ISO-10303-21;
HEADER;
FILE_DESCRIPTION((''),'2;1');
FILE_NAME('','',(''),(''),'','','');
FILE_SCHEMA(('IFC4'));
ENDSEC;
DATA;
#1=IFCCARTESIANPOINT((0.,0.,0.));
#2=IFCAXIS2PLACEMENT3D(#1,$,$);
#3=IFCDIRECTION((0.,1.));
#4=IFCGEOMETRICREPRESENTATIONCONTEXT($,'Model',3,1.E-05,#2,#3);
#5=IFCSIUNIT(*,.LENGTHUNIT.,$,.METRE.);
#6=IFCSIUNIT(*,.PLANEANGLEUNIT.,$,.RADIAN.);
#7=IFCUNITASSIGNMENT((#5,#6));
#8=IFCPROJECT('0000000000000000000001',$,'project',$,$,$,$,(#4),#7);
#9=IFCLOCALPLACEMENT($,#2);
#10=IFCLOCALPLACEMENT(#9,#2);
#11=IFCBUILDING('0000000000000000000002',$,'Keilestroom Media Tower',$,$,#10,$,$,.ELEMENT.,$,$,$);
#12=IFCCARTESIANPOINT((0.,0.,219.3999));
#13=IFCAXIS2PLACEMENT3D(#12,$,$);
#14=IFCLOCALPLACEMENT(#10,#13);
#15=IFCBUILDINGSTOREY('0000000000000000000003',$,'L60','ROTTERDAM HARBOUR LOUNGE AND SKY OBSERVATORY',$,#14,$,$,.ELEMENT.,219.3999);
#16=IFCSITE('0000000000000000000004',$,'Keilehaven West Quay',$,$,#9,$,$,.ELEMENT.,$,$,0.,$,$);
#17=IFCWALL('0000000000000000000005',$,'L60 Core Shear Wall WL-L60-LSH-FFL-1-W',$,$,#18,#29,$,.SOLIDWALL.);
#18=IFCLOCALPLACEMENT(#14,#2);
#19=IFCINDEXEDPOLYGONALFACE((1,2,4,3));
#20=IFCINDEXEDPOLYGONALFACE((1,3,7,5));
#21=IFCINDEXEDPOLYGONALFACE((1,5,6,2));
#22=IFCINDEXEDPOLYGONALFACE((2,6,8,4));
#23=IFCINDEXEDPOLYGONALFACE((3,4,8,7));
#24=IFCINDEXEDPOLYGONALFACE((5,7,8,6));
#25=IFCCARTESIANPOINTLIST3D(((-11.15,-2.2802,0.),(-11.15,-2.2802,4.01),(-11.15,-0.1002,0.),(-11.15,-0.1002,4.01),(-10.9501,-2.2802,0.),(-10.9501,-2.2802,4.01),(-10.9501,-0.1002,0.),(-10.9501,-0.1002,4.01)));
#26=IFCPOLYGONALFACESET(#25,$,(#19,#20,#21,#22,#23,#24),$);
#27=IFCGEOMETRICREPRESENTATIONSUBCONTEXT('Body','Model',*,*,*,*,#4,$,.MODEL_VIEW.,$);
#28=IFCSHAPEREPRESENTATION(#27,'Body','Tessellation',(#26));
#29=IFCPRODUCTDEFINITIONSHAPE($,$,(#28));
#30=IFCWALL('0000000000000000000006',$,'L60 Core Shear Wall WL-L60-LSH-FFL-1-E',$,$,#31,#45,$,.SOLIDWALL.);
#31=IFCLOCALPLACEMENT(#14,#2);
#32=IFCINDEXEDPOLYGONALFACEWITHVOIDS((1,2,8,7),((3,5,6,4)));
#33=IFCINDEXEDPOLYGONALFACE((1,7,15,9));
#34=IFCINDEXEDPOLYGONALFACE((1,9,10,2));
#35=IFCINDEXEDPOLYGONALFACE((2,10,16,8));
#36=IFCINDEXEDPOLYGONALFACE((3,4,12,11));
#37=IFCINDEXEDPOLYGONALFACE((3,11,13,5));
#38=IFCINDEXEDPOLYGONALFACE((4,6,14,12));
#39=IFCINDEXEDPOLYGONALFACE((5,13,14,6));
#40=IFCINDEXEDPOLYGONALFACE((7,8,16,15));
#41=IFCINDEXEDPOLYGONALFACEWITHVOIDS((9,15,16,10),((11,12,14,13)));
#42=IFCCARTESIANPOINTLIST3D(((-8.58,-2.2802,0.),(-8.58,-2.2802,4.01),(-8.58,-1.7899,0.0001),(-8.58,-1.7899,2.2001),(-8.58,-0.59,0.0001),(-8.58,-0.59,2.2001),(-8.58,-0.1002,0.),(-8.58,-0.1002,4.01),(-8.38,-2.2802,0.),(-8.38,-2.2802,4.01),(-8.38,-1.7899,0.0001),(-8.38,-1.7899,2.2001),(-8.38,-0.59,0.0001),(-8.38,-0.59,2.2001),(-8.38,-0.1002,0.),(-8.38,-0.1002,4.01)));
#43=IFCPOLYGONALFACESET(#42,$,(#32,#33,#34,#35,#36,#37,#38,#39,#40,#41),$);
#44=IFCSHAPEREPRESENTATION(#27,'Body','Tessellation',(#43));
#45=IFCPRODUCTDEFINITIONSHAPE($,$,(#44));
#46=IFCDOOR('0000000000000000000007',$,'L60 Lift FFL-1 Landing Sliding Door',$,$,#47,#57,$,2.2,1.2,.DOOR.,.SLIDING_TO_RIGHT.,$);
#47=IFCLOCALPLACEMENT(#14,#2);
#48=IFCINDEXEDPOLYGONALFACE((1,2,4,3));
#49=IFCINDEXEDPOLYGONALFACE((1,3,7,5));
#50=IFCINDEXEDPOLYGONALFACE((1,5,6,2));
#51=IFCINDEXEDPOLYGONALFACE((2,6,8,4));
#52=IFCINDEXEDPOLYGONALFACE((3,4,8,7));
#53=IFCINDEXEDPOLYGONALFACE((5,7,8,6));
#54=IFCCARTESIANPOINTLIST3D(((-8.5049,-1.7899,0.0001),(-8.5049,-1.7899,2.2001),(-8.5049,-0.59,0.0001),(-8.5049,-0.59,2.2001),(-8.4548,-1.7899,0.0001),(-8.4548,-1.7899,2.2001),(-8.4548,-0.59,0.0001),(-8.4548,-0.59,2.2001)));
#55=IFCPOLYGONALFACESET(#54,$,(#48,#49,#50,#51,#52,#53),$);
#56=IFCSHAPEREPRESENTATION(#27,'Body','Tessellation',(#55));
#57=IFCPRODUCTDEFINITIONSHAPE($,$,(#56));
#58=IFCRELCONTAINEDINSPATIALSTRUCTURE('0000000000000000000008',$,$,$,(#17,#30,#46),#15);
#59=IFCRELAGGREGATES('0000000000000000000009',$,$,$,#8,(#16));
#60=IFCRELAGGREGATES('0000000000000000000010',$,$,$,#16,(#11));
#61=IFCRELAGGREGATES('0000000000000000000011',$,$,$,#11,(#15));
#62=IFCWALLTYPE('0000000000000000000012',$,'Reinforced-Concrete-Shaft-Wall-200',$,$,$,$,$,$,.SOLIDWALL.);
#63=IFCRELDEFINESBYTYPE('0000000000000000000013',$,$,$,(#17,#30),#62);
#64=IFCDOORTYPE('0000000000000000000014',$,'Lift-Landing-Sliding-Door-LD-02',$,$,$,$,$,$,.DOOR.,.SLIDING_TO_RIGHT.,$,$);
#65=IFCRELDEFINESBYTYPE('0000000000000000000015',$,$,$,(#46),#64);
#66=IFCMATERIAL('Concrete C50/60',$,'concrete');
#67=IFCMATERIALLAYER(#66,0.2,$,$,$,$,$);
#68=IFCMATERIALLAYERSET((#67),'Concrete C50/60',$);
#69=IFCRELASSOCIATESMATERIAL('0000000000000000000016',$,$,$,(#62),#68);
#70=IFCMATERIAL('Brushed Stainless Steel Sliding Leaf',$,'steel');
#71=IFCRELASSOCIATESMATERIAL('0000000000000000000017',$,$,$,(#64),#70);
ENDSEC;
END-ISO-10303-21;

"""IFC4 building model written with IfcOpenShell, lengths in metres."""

from ifc_helpers import new_model, si_unit, direction, frame, frame_2d, origin, place, context, subcontext, project, spatial, rectangle, extrude, source, transform, mapped, material, layer, layer_set, type_object, element, fill, save


model = new_model("IFC4")

# Units and contexts
model_context = context("Model", 3, precision=1e-05, world=origin(), true_north=direction((0.0, 1.0)))
body_context = subcontext(model_context, "Body", "Model", "MODEL_VIEW")
ifc_project = project(units=[si_unit("LENGTHUNIT", "METRE"), si_unit("PLANEANGLEUNIT", "RADIAN")], contexts=[model_context])

# Site, building, storey
site_placement = place(None, origin())
site = spatial("IfcSite", under=ifc_project, at=site_placement, Name="Keilehaven West Quay", CompositionType="ELEMENT", RefElevation=0.0)
building_placement = place(site_placement, origin())
building = spatial("IfcBuilding", under=site, at=building_placement, Name="Keilestroom Media Tower", CompositionType="ELEMENT")
storey_placement = place(building_placement, frame((0.0, 0.0, 219.3999)))
storey = spatial("IfcBuildingStorey", under=building, at=storey_placement, Name="L60", Description="ROTTERDAM HARBOUR LOUNGE AND SKY OBSERVATORY", CompositionType="ELEMENT", Elevation=219.3999)

# Shared definitions
ifc_material_1 = material(Name="Concrete C50/60", Category="concrete")

# Shared definitions
shared_shape_1 = source(origin(), body_context, "Body", "SweptSolid", [
    extrude(rectangle(XDim=1.2, YDim=2.2, at=frame_2d((0.6001, 1.1001))), frame((0.0, 0.0249, 0.0), z_axis=(0.0, -1.0, 0.0), x_axis=(1.0, 0.0, 0.0)), (0.0, 0.0, 1.0), 0.05),
])

# Shared definitions
ifc_layer_1 = layer(ifc_material_1, 0.2)
ifc_layer_set_1 = layer_set([ifc_layer_1], Name="Concrete C50/60")
wall_type_1 = type_object("IfcWallType", Name="Reinforced-Concrete-Shaft-Wall-200", PredefinedType="SOLIDWALL", material=ifc_layer_set_1)

# Wall
wall_1_placement = place(storey_placement, frame((-11.05, -2.28, 0.0), z_axis=(0.0, 0.0, 1.0), x_axis=(0.0, 1.0, 0.0)))
element("IfcWall", 1, at=wall_1_placement, inside=storey, type_object=wall_type_1, Name="L60 Core Shear Wall WL-L60-LSH-FFL-1-W", PredefinedType="SOLIDWALL", context=body_context, shape_type="SweptSolid", body=[
    extrude(rectangle(XDim=2.1799, YDim=0.2, at=frame_2d((1.0898, 0.0))), origin(), (0.0, 0.0, 1.0), 4.01),
])

# Wall, opening, door
wall_2_placement = place(storey_placement, frame((-8.48, -2.28, 0.0), z_axis=(0.0, 0.0, 1.0), x_axis=(0.0, 1.0, 0.0)))
wall_2 = element("IfcWall", 2, at=wall_2_placement, inside=storey, type_object=wall_type_1, Name="L60 Core Shear Wall WL-L60-LSH-FFL-1-E", PredefinedType="SOLIDWALL", context=body_context, shape_type="SweptSolid", body=[
    extrude(rectangle(XDim=2.1799, YDim=0.2, at=frame_2d((1.0898, 0.0))), origin(), (0.0, 0.0, 1.0), 4.01),
])
opening_1_placement = place(wall_2_placement, frame((0.49, 0.0, 0.0)))
opening_1 = element("IfcOpeningElement", 3, at=opening_1_placement, cuts=wall_2, PredefinedType="OPENING", context=body_context, shape_type="SweptSolid", body=[
    extrude(rectangle(XDim=1.2, YDim=2.2, at=frame_2d((0.6001, 1.1001))), frame((0.0, 0.1099, 0.0), z_axis=(0.0, -1.0, 0.0), x_axis=(1.0, 0.0, 0.0)), (0.0, 0.0, 1.0), 0.22),
])
ifc_material_2 = material(Name="Brushed Stainless Steel Sliding Leaf", Category="steel")
door_type_1 = type_object("IfcDoorType", Name="Lift-Landing-Sliding-Door-LD-02", OperationType="SLIDING_TO_RIGHT", PredefinedType="DOOR", material=ifc_material_2)
door_1_placement = place(opening_1_placement, origin())
door_1 = element("IfcDoor", 4, at=door_1_placement, inside=storey, type_object=door_type_1, Name="L60 Lift FFL-1 Landing Sliding Door", OperationType="SLIDING_TO_RIGHT", OverallHeight=2.2, OverallWidth=1.2, PredefinedType="DOOR", context=body_context, shape_type="MappedRepresentation", body=[
    mapped(shared_shape_1, transform((0.0, 0.0, 0.0), x_axis=(1.0, 0.0, 0.0), y_axis=(0.0, 1.0, 0.0), z_axis=(0.0, 0.0, 1.0), scale=1.0)),
])
fill(opening_1, door_1)

save(model, "model.ifc")
